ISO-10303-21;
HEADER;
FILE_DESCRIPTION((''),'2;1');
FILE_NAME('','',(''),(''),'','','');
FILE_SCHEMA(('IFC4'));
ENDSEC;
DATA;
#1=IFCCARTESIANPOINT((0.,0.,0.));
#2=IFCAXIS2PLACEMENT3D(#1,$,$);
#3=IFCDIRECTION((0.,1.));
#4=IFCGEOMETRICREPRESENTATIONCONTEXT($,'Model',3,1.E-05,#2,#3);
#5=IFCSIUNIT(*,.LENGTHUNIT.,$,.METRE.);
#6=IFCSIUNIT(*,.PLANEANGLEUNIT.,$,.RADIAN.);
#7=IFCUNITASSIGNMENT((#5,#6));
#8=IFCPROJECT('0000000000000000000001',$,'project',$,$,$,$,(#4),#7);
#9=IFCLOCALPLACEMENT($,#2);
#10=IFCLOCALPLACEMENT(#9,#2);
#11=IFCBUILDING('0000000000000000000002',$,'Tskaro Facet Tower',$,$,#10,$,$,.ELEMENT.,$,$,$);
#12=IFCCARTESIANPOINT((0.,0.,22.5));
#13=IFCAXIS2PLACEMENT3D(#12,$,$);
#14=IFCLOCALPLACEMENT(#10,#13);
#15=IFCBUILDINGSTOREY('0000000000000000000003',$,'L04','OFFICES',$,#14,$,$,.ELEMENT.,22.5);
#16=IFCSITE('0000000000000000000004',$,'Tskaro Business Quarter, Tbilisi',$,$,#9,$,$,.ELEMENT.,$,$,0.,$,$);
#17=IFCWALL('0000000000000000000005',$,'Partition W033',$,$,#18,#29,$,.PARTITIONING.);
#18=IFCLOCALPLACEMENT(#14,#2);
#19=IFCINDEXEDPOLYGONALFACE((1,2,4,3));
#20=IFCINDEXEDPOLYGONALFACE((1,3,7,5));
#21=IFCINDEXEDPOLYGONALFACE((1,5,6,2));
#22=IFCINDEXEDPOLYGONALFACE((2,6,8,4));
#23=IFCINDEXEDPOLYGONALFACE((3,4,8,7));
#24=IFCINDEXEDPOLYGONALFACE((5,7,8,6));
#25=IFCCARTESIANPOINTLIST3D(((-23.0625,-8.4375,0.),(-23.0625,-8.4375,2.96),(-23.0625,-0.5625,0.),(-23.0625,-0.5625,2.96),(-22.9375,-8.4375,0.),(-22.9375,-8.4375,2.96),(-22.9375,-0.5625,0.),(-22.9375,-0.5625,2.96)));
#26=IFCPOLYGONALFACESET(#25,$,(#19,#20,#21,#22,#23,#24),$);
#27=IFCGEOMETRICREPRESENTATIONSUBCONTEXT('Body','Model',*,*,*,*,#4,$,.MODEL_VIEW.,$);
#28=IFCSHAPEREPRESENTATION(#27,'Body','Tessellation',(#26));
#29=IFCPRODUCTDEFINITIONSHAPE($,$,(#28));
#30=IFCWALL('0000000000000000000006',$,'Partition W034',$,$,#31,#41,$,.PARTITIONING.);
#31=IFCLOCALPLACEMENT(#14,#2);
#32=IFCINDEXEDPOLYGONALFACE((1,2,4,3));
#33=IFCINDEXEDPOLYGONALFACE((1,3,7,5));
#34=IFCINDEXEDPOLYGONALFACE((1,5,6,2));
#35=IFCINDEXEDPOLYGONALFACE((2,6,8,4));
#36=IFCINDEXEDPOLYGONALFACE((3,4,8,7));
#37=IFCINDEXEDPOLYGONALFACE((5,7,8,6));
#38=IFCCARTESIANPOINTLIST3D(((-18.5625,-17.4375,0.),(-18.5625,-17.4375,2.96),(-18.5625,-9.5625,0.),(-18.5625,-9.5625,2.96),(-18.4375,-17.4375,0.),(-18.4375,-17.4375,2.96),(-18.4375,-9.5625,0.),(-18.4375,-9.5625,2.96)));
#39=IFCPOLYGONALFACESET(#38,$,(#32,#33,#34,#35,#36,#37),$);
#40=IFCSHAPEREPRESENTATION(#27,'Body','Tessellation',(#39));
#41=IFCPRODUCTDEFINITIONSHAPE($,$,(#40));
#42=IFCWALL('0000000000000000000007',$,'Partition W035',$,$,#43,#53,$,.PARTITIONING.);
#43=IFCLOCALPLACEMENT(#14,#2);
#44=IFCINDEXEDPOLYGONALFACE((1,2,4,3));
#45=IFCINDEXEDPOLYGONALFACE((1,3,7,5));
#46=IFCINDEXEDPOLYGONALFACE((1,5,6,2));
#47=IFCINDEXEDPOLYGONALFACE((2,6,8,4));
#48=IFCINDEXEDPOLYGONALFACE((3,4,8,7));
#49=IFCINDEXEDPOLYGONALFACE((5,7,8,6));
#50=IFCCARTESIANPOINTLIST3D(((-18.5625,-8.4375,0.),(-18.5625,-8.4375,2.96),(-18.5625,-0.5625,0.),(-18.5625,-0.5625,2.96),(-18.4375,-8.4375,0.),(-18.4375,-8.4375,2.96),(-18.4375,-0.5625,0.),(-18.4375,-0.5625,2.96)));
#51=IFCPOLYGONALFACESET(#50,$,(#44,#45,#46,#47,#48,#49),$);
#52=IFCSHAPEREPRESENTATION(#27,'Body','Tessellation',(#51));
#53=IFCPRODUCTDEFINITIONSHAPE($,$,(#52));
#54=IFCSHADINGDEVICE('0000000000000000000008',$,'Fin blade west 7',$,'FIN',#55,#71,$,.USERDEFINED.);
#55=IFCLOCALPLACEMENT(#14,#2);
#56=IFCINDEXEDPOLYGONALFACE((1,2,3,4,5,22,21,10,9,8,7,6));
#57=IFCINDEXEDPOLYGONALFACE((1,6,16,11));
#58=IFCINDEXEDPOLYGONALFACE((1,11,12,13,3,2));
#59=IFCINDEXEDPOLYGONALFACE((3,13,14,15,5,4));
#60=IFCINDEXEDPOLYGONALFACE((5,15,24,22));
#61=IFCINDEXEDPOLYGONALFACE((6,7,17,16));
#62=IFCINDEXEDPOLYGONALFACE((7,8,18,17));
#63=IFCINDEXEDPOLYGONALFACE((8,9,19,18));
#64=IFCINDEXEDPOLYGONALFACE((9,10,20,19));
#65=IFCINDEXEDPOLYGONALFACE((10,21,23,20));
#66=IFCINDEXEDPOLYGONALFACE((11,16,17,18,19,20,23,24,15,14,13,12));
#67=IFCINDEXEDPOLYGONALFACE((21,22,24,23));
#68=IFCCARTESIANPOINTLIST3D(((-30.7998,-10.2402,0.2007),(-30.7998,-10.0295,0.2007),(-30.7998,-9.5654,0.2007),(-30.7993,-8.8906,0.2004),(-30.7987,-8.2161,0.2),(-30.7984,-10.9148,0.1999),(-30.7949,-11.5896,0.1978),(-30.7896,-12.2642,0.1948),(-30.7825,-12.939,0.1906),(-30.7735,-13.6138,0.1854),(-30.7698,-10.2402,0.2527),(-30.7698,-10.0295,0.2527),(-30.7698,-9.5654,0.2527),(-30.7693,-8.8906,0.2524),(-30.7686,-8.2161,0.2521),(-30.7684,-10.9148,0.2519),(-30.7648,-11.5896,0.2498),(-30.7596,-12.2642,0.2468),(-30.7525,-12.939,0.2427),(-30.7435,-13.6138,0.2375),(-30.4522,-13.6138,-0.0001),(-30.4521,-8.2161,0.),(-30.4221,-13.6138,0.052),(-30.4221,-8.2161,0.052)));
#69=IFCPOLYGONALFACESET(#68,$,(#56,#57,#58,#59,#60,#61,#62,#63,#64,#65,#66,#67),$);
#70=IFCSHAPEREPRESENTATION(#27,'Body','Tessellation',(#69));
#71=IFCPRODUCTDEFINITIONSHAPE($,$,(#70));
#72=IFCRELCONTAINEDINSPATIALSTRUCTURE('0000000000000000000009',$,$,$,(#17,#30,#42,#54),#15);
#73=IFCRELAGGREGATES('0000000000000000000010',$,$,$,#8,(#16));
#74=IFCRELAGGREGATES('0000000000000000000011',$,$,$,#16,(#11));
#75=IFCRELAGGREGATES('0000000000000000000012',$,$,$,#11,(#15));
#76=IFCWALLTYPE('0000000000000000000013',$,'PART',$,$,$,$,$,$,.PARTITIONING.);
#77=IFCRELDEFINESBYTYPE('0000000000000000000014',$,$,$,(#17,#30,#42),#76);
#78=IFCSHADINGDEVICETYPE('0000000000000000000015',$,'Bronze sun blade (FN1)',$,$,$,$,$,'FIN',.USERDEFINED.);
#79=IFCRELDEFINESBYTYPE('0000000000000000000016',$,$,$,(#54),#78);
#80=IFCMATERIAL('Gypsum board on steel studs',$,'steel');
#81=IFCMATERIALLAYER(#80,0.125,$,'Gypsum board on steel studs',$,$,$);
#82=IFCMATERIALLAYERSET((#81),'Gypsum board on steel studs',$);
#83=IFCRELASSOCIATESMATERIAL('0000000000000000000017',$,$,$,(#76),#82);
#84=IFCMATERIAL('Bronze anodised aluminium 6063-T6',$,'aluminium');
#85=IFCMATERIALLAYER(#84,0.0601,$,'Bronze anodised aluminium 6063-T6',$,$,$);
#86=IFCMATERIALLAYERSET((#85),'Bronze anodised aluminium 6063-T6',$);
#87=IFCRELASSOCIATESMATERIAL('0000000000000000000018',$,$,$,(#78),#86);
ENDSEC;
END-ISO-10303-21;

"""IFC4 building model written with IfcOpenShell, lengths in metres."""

from ifc_helpers import new_model, si_unit, direction, frame, frame_2d, origin, place, context, subcontext, project, spatial, polyline, rectangle, outline, extrude, material, layer, layer_set, type_object, element, save


model = new_model("IFC4")

# Units and contexts
model_context = context("Model", 3, precision=1e-05, world=origin(), true_north=direction((0.0, 1.0)))
body_context = subcontext(model_context, "Body", "Model", "MODEL_VIEW")
ifc_project = project(units=[si_unit("LENGTHUNIT", "METRE"), si_unit("PLANEANGLEUNIT", "RADIAN")], contexts=[model_context])

# Site, building, storey
site_placement = place(None, origin())
site = spatial("IfcSite", under=ifc_project, at=site_placement, Name="Tskaro Business Quarter, Tbilisi", CompositionType="ELEMENT", RefElevation=0.0)
building_placement = place(site_placement, origin())
building = spatial("IfcBuilding", under=site, at=building_placement, Name="Tskaro Facet Tower", CompositionType="ELEMENT")
storey_placement = place(building_placement, frame((0.0, 0.0, 22.5)))
storey = spatial("IfcBuildingStorey", under=building, at=storey_placement, Name="L04", Description="OFFICES", CompositionType="ELEMENT", Elevation=22.5)

# Shared definitions
ifc_material_1 = material(Name="Bronze anodised aluminium 6063-T6", Category="aluminium")

# Shared definitions
ifc_material_2 = material(Name="Gypsum board on steel studs", Category="steel")
ifc_layer_1 = layer(ifc_material_2, 0.125, Name="Gypsum board on steel studs")
ifc_layer_set_1 = layer_set([ifc_layer_1], Name="Gypsum board on steel studs")
wall_type = type_object("IfcWallType", Name="PART", PredefinedType="PARTITIONING", material=ifc_layer_set_1)

# Walls
for number, where, z_axis, x_axis, name in (
    (1, (-23.0, -8.4375, 0.0), (0.0, 0.0, 1.0), (0.0, 1.0, 0.0), "Partition W033"),
    (2, (-18.5, -17.4375, 0.0), (0.0, 0.0, 1.0), (0.0, 1.0, 0.0), "Partition W034"),
    (3, (-18.5, -8.4375, 0.0), (0.0, 0.0, 1.0), (0.0, 1.0, 0.0), "Partition W035"),
):
    element("IfcWall", number, at=place(storey_placement, frame(where, z_axis=z_axis, x_axis=x_axis)), inside=storey, type_object=wall_type, Name=name, PredefinedType="PARTITIONING", context=body_context, shape_type="SweptSolid", body=[
        extrude(rectangle(XDim=7.875, YDim=0.125, at=frame_2d((3.9375, 0.0))), origin(), (0.0, 0.0, 1.0), 2.96),
    ])

# Shading device
ifc_layer_2 = layer(ifc_material_1, 0.0601, Name="Bronze anodised aluminium 6063-T6")
ifc_layer_set_2 = layer_set([ifc_layer_2], Name="Bronze anodised aluminium 6063-T6")
shading_device_type = type_object("IfcShadingDeviceType", Name="Bronze sun blade (FN1)", ElementType="FIN", PredefinedType="USERDEFINED", material=ifc_layer_set_2)
shading_device_1_placement = place(storey_placement, frame((-30.4221, -8.2161, 0.052), z_axis=(0.499991, -0.000011, 0.86603), x_axis=(-0.000006, -1.0, -0.00001)))
element("IfcShadingDevice", 4, at=shading_device_1_placement, inside=storey, type_object=shading_device_type, Name="Fin blade west 7", ObjectType="FIN", PredefinedType="USERDEFINED", context=body_context, shape_type="SweptSolid", body=[
    extrude(outline(polyline([(0.0, 0.0), (5.3977, 0.0), (5.3977, -0.371), (4.7229, -0.3814), (4.0481, -0.3896), (3.3735, -0.3957), (2.6987, -0.3998), (2.0242, -0.4014), (1.8135, -0.4014), (1.3494, -0.4014), (0.6746, -0.4009), (0.0, -0.4001), (0.0, 0.0)])), origin(), (0.0, 0.0, -1.0), 0.0601),
])

save(model, "model.ifc")
